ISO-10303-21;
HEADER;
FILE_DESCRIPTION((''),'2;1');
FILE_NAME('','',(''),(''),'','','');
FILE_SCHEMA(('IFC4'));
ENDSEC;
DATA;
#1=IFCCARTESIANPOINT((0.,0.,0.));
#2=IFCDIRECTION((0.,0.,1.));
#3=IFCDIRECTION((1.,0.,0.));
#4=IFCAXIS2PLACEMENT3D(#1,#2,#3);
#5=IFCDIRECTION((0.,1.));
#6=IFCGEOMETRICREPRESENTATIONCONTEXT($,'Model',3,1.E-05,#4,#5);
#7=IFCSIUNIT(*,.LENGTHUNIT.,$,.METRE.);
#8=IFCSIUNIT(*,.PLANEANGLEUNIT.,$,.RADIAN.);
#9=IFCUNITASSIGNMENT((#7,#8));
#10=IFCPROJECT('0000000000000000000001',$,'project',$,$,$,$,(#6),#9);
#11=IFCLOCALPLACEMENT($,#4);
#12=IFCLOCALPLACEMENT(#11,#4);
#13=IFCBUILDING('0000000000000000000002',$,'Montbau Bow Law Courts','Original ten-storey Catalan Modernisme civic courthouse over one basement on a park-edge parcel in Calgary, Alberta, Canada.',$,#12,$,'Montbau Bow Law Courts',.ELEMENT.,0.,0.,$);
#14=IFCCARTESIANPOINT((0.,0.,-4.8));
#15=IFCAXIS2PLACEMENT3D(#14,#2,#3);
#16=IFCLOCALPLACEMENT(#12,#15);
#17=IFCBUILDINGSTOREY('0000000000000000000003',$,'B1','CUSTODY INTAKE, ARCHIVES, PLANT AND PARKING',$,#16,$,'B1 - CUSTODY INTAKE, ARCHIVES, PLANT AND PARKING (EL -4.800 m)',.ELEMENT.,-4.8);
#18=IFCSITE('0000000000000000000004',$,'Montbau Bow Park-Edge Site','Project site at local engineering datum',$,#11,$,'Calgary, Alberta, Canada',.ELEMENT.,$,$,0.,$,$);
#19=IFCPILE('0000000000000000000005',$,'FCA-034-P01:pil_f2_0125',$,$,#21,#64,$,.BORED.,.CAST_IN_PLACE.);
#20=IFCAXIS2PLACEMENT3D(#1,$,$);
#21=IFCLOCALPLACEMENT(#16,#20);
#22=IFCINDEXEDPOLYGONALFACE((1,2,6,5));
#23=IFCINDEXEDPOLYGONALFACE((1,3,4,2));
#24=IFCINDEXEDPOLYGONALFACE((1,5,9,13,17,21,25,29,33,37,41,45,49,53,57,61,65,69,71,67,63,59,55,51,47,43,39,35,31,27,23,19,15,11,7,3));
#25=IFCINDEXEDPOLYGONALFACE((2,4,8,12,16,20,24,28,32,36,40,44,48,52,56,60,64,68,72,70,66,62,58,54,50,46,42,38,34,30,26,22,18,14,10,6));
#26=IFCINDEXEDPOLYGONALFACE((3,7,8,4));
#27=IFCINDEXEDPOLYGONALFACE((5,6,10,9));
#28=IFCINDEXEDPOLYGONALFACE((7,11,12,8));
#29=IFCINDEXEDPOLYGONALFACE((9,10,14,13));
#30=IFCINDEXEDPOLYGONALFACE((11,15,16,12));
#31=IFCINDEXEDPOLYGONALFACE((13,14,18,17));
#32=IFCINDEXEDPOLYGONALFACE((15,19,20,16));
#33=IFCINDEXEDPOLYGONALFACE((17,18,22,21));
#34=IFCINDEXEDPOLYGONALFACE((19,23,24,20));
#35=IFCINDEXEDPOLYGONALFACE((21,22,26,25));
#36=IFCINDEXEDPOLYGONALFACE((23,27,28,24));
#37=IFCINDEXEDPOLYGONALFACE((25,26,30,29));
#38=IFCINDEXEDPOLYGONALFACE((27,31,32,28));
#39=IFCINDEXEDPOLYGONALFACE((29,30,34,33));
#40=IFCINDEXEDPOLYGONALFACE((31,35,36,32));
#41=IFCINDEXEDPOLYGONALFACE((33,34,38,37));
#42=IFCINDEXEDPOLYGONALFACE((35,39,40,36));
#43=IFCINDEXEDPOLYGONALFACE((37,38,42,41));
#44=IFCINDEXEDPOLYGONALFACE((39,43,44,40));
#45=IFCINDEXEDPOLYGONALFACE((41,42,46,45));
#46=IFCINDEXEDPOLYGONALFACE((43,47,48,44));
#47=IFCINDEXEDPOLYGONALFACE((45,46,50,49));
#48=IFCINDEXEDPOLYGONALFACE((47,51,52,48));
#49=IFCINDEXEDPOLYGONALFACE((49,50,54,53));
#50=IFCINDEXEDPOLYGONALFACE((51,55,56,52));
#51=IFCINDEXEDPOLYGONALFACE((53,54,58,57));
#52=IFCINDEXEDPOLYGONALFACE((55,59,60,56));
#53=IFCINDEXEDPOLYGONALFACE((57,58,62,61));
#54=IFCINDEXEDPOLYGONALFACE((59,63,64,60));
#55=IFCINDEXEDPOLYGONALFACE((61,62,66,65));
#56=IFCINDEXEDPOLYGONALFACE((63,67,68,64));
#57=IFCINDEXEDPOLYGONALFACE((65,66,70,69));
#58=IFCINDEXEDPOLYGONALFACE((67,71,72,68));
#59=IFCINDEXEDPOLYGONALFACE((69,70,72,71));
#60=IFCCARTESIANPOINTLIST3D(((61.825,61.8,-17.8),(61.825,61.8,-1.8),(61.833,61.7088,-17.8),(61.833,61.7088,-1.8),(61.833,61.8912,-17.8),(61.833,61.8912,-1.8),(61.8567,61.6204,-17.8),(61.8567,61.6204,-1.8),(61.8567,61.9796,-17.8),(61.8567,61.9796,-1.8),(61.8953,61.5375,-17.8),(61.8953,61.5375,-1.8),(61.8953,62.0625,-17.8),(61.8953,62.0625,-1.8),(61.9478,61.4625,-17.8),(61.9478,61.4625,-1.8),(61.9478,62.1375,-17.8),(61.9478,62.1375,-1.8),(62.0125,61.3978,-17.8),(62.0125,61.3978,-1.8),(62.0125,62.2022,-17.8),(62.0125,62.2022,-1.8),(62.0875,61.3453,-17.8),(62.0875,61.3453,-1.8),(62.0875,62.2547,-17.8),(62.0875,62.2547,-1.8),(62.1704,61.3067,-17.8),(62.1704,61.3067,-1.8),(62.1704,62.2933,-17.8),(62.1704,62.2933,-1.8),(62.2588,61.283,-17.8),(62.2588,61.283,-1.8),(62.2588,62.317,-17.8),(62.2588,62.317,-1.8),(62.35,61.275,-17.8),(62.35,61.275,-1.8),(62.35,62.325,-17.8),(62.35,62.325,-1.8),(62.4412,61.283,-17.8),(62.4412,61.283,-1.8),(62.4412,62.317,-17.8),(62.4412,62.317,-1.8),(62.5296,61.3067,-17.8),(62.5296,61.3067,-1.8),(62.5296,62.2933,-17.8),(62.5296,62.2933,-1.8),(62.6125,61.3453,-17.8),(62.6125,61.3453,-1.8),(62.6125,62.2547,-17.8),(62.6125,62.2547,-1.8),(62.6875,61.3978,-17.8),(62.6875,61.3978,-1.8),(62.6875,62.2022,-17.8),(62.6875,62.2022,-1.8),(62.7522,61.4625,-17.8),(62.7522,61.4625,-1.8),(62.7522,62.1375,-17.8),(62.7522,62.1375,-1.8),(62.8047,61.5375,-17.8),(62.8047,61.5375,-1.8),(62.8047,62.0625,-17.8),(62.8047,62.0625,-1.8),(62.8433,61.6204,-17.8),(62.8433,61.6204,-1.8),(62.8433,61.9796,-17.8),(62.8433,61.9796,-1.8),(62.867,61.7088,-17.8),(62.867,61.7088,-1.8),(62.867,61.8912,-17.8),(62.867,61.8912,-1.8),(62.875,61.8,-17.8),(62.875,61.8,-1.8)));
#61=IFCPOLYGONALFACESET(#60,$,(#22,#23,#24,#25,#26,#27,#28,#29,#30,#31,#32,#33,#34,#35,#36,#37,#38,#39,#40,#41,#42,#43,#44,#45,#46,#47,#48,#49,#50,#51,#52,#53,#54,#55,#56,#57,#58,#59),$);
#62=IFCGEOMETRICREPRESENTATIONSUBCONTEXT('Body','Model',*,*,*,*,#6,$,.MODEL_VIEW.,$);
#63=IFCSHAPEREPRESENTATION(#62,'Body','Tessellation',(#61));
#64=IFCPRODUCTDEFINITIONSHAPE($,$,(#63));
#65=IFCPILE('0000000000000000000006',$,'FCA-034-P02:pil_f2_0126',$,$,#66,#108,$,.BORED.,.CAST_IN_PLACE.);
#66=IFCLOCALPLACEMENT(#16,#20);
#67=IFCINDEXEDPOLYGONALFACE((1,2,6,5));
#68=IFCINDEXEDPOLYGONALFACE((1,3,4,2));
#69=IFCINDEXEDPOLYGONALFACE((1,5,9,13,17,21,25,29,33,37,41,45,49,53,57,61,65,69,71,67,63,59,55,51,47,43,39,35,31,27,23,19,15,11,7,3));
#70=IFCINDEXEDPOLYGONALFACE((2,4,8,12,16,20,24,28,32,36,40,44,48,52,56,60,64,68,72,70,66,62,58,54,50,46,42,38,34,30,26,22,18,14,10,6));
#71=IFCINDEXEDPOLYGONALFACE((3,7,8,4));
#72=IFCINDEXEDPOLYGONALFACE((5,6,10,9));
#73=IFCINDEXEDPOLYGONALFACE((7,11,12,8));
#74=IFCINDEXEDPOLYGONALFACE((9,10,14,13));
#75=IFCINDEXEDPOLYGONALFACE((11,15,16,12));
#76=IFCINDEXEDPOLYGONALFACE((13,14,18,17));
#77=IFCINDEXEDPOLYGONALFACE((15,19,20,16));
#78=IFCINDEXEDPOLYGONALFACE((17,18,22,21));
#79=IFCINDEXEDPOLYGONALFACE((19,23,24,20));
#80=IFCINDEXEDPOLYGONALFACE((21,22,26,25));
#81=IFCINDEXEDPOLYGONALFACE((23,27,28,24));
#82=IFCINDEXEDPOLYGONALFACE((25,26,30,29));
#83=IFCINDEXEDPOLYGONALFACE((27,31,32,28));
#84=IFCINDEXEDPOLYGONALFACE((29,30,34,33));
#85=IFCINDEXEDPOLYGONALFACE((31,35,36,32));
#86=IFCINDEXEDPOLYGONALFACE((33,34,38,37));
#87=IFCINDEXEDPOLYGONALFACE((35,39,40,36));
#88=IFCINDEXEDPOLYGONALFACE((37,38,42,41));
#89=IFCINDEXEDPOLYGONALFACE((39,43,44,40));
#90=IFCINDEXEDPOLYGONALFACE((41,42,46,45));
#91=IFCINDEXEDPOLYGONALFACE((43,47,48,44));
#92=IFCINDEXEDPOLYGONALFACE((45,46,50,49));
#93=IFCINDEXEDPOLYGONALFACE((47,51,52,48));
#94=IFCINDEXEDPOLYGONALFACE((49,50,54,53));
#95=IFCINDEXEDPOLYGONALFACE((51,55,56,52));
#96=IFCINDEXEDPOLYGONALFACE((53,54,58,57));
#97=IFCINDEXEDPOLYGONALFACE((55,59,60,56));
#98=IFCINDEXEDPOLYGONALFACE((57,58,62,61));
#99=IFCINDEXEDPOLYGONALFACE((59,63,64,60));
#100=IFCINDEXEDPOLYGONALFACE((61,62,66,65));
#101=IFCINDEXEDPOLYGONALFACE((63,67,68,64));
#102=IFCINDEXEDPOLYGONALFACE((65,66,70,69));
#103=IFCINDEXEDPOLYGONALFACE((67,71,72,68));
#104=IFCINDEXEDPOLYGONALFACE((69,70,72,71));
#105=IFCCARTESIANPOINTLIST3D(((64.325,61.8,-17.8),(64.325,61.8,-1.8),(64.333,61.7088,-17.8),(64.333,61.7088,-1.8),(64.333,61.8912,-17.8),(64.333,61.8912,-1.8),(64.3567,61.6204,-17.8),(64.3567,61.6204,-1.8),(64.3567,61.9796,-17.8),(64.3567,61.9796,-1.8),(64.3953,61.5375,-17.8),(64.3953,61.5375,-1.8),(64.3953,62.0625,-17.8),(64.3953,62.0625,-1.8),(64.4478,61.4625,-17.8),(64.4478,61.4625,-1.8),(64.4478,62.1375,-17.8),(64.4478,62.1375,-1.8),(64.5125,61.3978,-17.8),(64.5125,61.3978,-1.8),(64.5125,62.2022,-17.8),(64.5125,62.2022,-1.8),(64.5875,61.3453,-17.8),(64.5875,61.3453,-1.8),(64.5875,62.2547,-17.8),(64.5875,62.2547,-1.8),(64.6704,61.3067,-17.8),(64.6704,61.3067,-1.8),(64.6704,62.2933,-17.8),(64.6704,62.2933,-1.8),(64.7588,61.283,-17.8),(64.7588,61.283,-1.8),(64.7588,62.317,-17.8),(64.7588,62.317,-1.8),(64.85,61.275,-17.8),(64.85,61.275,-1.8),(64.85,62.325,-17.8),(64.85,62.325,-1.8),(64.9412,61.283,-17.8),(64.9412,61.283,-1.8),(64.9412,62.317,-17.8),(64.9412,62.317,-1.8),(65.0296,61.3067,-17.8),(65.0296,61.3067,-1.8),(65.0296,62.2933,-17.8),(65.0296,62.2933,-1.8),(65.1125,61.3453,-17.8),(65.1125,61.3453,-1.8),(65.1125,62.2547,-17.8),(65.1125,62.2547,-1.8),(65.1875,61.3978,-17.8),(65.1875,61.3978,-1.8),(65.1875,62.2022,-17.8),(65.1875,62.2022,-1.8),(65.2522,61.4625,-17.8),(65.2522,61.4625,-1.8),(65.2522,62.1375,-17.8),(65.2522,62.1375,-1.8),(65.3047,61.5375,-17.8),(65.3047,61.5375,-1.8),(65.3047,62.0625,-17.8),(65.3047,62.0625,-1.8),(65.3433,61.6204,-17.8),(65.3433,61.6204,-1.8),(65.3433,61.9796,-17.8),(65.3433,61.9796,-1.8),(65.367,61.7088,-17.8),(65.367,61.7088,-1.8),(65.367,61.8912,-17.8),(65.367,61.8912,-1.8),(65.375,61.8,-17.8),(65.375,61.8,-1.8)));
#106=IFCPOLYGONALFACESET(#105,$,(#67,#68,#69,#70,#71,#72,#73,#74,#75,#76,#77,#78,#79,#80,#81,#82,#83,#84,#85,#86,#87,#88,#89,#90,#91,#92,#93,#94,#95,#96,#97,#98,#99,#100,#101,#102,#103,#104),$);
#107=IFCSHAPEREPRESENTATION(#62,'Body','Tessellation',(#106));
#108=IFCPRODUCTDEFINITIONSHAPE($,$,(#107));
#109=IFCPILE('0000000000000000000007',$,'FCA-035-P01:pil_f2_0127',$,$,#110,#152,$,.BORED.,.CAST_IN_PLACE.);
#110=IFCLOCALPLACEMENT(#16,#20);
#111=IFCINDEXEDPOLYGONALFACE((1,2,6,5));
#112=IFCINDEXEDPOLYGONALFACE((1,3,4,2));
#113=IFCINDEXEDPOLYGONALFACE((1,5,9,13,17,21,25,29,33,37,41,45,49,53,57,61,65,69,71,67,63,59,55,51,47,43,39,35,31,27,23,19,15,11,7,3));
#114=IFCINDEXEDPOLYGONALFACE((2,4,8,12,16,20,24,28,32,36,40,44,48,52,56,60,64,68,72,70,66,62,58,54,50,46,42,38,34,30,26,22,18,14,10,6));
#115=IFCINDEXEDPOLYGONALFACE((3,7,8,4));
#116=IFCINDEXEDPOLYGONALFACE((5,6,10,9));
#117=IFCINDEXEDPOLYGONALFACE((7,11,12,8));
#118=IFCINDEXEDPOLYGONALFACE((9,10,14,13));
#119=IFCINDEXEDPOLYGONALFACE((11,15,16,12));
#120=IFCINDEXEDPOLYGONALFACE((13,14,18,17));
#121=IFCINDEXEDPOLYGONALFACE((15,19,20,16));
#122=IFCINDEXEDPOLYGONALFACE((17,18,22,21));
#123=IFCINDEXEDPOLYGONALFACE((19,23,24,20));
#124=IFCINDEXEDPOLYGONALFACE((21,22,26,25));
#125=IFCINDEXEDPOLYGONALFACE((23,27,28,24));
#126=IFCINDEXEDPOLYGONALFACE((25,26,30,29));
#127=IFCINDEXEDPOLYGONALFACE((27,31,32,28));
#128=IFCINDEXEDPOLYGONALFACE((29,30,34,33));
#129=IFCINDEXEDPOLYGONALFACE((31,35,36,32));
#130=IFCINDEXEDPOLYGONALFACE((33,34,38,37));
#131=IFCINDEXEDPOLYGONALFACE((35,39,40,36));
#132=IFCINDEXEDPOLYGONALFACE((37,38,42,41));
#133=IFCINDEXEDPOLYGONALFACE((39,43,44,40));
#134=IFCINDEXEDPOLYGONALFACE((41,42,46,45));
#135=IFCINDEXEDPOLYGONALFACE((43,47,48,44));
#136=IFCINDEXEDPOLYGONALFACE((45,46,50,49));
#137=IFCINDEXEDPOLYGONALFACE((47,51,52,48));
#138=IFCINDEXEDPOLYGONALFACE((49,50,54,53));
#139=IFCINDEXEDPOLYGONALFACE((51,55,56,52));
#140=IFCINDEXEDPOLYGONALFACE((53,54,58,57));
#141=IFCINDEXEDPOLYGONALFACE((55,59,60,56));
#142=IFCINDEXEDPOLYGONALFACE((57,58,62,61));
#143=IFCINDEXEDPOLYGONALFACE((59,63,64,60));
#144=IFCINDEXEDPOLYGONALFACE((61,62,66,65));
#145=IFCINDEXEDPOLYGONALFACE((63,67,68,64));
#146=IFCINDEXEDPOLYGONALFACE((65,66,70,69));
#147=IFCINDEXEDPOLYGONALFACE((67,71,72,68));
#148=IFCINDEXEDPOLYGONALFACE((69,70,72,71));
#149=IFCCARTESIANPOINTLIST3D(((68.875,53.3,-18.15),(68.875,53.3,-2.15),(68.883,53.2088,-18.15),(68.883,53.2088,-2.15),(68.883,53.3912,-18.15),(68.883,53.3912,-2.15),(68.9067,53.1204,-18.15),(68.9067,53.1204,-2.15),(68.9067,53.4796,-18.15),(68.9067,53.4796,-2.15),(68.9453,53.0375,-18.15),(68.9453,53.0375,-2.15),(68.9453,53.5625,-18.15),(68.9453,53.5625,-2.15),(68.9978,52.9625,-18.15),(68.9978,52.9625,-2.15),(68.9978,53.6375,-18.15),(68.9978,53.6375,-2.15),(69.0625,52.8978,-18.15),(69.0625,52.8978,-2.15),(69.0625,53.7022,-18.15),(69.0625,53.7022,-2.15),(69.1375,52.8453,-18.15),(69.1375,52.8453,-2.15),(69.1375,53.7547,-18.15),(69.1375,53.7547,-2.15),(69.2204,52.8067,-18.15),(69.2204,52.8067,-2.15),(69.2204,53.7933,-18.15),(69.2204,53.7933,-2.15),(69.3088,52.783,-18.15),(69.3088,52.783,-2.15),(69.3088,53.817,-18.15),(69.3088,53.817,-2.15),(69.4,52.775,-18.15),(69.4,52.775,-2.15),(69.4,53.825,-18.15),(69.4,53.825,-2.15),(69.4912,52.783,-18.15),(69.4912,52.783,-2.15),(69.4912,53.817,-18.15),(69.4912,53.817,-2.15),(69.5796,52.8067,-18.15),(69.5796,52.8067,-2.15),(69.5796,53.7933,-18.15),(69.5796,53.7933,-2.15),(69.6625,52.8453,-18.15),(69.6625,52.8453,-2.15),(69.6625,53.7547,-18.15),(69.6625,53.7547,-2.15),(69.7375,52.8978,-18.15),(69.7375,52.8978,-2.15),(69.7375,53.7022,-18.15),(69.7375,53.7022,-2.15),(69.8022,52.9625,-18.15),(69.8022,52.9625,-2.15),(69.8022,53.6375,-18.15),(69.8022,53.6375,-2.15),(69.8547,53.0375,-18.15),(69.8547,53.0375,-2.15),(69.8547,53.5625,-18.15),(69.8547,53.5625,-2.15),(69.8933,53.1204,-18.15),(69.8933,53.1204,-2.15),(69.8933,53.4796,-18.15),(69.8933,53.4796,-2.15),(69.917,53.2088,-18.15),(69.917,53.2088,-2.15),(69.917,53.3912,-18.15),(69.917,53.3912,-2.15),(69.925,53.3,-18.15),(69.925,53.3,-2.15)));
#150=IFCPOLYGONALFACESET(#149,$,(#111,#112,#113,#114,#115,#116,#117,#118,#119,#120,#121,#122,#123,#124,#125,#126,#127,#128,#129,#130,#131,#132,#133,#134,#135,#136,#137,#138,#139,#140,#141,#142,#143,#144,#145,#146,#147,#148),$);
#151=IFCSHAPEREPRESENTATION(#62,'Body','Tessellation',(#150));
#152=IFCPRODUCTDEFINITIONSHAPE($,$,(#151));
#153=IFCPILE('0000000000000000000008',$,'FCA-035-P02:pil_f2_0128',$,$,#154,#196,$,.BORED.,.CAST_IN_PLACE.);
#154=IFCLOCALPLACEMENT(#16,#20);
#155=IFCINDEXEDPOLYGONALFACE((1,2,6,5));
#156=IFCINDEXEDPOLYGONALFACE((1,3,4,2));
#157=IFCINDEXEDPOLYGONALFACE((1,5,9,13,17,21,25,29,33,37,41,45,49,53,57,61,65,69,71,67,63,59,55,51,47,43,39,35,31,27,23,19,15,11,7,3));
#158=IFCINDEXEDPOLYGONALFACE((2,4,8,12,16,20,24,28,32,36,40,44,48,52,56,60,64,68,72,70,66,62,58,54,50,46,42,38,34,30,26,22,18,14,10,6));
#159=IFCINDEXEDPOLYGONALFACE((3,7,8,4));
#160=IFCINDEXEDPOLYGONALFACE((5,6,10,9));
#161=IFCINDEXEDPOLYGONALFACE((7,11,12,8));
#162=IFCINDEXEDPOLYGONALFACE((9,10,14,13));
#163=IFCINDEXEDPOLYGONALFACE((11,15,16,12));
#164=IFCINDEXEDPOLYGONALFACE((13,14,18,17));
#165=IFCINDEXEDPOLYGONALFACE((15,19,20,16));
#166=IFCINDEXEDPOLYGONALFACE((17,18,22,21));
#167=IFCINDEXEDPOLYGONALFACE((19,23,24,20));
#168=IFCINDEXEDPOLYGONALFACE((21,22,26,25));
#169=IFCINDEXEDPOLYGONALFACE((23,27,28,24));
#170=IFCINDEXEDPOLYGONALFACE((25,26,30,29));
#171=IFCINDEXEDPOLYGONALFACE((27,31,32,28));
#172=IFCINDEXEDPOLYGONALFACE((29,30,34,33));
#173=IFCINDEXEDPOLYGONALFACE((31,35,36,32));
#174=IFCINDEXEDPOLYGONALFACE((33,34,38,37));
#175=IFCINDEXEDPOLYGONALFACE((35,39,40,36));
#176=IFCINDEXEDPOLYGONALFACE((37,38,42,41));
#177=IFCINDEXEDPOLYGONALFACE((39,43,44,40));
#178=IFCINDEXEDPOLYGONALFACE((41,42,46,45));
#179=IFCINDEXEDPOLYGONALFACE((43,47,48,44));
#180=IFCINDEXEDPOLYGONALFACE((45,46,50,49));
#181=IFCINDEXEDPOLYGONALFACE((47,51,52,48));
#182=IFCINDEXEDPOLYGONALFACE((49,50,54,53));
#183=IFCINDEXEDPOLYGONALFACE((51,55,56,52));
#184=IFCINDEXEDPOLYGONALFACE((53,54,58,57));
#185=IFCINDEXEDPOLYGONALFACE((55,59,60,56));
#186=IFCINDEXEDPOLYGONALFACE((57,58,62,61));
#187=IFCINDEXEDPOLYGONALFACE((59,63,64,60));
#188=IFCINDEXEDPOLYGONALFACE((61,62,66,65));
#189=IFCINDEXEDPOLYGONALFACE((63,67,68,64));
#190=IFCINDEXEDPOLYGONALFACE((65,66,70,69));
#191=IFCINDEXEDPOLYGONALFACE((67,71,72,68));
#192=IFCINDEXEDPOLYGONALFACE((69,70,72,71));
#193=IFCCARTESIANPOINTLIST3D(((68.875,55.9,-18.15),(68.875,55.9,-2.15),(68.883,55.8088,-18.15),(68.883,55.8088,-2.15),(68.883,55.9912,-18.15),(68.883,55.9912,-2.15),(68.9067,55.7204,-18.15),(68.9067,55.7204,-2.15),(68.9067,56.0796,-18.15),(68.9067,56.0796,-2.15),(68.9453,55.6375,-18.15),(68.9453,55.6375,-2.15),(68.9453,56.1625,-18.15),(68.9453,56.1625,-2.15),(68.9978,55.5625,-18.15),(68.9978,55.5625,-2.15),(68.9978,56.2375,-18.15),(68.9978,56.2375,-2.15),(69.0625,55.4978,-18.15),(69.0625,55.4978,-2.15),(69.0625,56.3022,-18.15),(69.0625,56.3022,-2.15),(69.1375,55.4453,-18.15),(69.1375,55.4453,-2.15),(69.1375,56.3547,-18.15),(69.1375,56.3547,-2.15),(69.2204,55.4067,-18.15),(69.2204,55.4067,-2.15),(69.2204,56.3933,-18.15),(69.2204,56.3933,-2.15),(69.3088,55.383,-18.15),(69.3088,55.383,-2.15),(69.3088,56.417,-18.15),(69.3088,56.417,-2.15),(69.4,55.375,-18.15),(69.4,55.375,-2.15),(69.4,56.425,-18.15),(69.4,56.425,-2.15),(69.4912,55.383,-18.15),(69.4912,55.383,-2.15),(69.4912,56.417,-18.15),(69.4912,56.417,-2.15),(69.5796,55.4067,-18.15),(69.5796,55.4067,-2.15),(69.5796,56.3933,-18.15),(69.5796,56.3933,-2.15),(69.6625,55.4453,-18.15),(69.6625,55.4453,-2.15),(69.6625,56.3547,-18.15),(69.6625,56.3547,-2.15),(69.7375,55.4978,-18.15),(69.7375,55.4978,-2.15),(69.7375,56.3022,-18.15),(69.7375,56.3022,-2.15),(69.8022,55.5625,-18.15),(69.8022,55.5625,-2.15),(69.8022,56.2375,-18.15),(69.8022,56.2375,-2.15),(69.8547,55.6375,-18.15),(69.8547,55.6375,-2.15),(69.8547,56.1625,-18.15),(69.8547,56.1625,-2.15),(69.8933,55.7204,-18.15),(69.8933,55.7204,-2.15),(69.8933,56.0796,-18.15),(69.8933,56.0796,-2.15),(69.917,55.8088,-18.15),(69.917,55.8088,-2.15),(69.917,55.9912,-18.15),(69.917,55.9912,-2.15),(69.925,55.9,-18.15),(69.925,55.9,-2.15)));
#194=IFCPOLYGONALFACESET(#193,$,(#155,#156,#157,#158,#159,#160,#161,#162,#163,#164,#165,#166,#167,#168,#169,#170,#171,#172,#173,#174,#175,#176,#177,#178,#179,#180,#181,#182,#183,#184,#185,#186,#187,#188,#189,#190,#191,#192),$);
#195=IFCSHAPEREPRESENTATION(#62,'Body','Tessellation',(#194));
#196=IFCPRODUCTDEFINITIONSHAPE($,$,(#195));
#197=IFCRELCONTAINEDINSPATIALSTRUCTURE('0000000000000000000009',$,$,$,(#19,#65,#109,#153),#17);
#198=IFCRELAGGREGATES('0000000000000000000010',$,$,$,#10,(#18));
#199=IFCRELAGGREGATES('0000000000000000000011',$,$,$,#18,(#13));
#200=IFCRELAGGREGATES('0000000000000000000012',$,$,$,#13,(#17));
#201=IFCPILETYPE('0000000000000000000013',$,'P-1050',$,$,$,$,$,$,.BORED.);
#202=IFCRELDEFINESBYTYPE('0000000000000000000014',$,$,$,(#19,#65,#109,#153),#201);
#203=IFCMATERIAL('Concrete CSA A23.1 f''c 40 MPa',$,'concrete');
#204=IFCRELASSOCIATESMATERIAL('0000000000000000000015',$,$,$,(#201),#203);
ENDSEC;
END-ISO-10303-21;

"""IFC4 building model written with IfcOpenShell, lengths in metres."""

from ifc_helpers import new_model, si_unit, direction, frame, origin_with_axes, origin_2d_with_axis, place, context, subcontext, project, spatial, circle, extrude, material, material_profile, profile_set, type_object, element, save


model = new_model("IFC4")

# Units and contexts
model_context = context("Model", 3, precision=1e-05, world=origin_with_axes(), true_north=direction((0.0, 1.0)))
body_context = subcontext(model_context, "Body", "Model", "MODEL_VIEW")
ifc_project = project(units=[si_unit("LENGTHUNIT", "METRE"), si_unit("PLANEANGLEUNIT", "RADIAN")], contexts=[model_context])

# Site, building, storey
site_placement = place(None, origin_with_axes())
site = spatial("IfcSite", under=ifc_project, at=site_placement, Name="Montbau Bow Park-Edge Site", Description="Project site at local engineering datum", LongName="Calgary, Alberta, Canada", CompositionType="ELEMENT", RefElevation=0.0)
building_placement = place(site_placement, origin_with_axes())
building = spatial("IfcBuilding", under=site, at=building_placement, Name="Montbau Bow Law Courts", Description="Original ten-storey Catalan Modernisme civic courthouse over one basement on a park-edge parcel in Calgary, Alberta, Canada.", LongName="Montbau Bow Law Courts", CompositionType="ELEMENT", ElevationOfRefHeight=0.0, ElevationOfTerrain=0.0)
storey_placement = place(building_placement, frame((0.0, 0.0, -4.8), z_axis=(0.0, 0.0, 1.0), x_axis=(1.0, 0.0, 0.0)))
storey = spatial("IfcBuildingStorey", under=building, at=storey_placement, Name="B1", Description="CUSTODY INTAKE, ARCHIVES, PLANT AND PARKING", LongName="B1 - CUSTODY INTAKE, ARCHIVES, PLANT AND PARKING (EL -4.800 m)", CompositionType="ELEMENT", Elevation=-4.8)

# Piles
ifc_material_1 = material(Name="Concrete CSA A23.1 f'c 40 MPa", Category="concrete")
ifc_material_profile_1 = material_profile(ifc_material_1, circle(Radius=0.525, at=origin_2d_with_axis()), Name="BP1050", Category="Main", Priority=0)
ifc_profile_set_1 = profile_set([ifc_material_profile_1], Name="Concrete CSA A23.1 f'c 40 MPa")
pile_type_1 = type_object("IfcPileType", Name="P-1050", PredefinedType="BORED", material=ifc_profile_set_1)
for number, where, z_axis, x_axis, name in (
    (1, (62.35, 61.8, -22.6), (0.0, 0.0, 1.0), (1.0, 0.0, 0.0), "FCA-034-P01:pil_f2_0125"),
    (2, (64.85, 61.8, -22.6), (0.0, 0.0, 1.0), (1.0, 0.0, 0.0), "FCA-034-P02:pil_f2_0126"),
    (3, (69.4, 53.3, -22.95), (0.0, 0.0, 1.0), (1.0, 0.0, 0.0), "FCA-035-P01:pil_f2_0127"),
    (4, (69.4, 55.9, -22.95), (0.0, 0.0, 1.0), (1.0, 0.0, 0.0), "FCA-035-P02:pil_f2_0128"),
):
    element("IfcPile", number, at=place(None, frame(where, z_axis=z_axis, x_axis=x_axis)), inside=storey, type_object=pile_type_1, Name=name, ConstructionType="CAST_IN_PLACE", PredefinedType="BORED", context=body_context, shape_type="SweptSolid", body=[
        extrude(circle(Radius=0.525, at=origin_2d_with_axis()), origin_with_axes(), (0.0, 0.0, 1.0), 16.0),
    ])

save(model, "model.ifc")
